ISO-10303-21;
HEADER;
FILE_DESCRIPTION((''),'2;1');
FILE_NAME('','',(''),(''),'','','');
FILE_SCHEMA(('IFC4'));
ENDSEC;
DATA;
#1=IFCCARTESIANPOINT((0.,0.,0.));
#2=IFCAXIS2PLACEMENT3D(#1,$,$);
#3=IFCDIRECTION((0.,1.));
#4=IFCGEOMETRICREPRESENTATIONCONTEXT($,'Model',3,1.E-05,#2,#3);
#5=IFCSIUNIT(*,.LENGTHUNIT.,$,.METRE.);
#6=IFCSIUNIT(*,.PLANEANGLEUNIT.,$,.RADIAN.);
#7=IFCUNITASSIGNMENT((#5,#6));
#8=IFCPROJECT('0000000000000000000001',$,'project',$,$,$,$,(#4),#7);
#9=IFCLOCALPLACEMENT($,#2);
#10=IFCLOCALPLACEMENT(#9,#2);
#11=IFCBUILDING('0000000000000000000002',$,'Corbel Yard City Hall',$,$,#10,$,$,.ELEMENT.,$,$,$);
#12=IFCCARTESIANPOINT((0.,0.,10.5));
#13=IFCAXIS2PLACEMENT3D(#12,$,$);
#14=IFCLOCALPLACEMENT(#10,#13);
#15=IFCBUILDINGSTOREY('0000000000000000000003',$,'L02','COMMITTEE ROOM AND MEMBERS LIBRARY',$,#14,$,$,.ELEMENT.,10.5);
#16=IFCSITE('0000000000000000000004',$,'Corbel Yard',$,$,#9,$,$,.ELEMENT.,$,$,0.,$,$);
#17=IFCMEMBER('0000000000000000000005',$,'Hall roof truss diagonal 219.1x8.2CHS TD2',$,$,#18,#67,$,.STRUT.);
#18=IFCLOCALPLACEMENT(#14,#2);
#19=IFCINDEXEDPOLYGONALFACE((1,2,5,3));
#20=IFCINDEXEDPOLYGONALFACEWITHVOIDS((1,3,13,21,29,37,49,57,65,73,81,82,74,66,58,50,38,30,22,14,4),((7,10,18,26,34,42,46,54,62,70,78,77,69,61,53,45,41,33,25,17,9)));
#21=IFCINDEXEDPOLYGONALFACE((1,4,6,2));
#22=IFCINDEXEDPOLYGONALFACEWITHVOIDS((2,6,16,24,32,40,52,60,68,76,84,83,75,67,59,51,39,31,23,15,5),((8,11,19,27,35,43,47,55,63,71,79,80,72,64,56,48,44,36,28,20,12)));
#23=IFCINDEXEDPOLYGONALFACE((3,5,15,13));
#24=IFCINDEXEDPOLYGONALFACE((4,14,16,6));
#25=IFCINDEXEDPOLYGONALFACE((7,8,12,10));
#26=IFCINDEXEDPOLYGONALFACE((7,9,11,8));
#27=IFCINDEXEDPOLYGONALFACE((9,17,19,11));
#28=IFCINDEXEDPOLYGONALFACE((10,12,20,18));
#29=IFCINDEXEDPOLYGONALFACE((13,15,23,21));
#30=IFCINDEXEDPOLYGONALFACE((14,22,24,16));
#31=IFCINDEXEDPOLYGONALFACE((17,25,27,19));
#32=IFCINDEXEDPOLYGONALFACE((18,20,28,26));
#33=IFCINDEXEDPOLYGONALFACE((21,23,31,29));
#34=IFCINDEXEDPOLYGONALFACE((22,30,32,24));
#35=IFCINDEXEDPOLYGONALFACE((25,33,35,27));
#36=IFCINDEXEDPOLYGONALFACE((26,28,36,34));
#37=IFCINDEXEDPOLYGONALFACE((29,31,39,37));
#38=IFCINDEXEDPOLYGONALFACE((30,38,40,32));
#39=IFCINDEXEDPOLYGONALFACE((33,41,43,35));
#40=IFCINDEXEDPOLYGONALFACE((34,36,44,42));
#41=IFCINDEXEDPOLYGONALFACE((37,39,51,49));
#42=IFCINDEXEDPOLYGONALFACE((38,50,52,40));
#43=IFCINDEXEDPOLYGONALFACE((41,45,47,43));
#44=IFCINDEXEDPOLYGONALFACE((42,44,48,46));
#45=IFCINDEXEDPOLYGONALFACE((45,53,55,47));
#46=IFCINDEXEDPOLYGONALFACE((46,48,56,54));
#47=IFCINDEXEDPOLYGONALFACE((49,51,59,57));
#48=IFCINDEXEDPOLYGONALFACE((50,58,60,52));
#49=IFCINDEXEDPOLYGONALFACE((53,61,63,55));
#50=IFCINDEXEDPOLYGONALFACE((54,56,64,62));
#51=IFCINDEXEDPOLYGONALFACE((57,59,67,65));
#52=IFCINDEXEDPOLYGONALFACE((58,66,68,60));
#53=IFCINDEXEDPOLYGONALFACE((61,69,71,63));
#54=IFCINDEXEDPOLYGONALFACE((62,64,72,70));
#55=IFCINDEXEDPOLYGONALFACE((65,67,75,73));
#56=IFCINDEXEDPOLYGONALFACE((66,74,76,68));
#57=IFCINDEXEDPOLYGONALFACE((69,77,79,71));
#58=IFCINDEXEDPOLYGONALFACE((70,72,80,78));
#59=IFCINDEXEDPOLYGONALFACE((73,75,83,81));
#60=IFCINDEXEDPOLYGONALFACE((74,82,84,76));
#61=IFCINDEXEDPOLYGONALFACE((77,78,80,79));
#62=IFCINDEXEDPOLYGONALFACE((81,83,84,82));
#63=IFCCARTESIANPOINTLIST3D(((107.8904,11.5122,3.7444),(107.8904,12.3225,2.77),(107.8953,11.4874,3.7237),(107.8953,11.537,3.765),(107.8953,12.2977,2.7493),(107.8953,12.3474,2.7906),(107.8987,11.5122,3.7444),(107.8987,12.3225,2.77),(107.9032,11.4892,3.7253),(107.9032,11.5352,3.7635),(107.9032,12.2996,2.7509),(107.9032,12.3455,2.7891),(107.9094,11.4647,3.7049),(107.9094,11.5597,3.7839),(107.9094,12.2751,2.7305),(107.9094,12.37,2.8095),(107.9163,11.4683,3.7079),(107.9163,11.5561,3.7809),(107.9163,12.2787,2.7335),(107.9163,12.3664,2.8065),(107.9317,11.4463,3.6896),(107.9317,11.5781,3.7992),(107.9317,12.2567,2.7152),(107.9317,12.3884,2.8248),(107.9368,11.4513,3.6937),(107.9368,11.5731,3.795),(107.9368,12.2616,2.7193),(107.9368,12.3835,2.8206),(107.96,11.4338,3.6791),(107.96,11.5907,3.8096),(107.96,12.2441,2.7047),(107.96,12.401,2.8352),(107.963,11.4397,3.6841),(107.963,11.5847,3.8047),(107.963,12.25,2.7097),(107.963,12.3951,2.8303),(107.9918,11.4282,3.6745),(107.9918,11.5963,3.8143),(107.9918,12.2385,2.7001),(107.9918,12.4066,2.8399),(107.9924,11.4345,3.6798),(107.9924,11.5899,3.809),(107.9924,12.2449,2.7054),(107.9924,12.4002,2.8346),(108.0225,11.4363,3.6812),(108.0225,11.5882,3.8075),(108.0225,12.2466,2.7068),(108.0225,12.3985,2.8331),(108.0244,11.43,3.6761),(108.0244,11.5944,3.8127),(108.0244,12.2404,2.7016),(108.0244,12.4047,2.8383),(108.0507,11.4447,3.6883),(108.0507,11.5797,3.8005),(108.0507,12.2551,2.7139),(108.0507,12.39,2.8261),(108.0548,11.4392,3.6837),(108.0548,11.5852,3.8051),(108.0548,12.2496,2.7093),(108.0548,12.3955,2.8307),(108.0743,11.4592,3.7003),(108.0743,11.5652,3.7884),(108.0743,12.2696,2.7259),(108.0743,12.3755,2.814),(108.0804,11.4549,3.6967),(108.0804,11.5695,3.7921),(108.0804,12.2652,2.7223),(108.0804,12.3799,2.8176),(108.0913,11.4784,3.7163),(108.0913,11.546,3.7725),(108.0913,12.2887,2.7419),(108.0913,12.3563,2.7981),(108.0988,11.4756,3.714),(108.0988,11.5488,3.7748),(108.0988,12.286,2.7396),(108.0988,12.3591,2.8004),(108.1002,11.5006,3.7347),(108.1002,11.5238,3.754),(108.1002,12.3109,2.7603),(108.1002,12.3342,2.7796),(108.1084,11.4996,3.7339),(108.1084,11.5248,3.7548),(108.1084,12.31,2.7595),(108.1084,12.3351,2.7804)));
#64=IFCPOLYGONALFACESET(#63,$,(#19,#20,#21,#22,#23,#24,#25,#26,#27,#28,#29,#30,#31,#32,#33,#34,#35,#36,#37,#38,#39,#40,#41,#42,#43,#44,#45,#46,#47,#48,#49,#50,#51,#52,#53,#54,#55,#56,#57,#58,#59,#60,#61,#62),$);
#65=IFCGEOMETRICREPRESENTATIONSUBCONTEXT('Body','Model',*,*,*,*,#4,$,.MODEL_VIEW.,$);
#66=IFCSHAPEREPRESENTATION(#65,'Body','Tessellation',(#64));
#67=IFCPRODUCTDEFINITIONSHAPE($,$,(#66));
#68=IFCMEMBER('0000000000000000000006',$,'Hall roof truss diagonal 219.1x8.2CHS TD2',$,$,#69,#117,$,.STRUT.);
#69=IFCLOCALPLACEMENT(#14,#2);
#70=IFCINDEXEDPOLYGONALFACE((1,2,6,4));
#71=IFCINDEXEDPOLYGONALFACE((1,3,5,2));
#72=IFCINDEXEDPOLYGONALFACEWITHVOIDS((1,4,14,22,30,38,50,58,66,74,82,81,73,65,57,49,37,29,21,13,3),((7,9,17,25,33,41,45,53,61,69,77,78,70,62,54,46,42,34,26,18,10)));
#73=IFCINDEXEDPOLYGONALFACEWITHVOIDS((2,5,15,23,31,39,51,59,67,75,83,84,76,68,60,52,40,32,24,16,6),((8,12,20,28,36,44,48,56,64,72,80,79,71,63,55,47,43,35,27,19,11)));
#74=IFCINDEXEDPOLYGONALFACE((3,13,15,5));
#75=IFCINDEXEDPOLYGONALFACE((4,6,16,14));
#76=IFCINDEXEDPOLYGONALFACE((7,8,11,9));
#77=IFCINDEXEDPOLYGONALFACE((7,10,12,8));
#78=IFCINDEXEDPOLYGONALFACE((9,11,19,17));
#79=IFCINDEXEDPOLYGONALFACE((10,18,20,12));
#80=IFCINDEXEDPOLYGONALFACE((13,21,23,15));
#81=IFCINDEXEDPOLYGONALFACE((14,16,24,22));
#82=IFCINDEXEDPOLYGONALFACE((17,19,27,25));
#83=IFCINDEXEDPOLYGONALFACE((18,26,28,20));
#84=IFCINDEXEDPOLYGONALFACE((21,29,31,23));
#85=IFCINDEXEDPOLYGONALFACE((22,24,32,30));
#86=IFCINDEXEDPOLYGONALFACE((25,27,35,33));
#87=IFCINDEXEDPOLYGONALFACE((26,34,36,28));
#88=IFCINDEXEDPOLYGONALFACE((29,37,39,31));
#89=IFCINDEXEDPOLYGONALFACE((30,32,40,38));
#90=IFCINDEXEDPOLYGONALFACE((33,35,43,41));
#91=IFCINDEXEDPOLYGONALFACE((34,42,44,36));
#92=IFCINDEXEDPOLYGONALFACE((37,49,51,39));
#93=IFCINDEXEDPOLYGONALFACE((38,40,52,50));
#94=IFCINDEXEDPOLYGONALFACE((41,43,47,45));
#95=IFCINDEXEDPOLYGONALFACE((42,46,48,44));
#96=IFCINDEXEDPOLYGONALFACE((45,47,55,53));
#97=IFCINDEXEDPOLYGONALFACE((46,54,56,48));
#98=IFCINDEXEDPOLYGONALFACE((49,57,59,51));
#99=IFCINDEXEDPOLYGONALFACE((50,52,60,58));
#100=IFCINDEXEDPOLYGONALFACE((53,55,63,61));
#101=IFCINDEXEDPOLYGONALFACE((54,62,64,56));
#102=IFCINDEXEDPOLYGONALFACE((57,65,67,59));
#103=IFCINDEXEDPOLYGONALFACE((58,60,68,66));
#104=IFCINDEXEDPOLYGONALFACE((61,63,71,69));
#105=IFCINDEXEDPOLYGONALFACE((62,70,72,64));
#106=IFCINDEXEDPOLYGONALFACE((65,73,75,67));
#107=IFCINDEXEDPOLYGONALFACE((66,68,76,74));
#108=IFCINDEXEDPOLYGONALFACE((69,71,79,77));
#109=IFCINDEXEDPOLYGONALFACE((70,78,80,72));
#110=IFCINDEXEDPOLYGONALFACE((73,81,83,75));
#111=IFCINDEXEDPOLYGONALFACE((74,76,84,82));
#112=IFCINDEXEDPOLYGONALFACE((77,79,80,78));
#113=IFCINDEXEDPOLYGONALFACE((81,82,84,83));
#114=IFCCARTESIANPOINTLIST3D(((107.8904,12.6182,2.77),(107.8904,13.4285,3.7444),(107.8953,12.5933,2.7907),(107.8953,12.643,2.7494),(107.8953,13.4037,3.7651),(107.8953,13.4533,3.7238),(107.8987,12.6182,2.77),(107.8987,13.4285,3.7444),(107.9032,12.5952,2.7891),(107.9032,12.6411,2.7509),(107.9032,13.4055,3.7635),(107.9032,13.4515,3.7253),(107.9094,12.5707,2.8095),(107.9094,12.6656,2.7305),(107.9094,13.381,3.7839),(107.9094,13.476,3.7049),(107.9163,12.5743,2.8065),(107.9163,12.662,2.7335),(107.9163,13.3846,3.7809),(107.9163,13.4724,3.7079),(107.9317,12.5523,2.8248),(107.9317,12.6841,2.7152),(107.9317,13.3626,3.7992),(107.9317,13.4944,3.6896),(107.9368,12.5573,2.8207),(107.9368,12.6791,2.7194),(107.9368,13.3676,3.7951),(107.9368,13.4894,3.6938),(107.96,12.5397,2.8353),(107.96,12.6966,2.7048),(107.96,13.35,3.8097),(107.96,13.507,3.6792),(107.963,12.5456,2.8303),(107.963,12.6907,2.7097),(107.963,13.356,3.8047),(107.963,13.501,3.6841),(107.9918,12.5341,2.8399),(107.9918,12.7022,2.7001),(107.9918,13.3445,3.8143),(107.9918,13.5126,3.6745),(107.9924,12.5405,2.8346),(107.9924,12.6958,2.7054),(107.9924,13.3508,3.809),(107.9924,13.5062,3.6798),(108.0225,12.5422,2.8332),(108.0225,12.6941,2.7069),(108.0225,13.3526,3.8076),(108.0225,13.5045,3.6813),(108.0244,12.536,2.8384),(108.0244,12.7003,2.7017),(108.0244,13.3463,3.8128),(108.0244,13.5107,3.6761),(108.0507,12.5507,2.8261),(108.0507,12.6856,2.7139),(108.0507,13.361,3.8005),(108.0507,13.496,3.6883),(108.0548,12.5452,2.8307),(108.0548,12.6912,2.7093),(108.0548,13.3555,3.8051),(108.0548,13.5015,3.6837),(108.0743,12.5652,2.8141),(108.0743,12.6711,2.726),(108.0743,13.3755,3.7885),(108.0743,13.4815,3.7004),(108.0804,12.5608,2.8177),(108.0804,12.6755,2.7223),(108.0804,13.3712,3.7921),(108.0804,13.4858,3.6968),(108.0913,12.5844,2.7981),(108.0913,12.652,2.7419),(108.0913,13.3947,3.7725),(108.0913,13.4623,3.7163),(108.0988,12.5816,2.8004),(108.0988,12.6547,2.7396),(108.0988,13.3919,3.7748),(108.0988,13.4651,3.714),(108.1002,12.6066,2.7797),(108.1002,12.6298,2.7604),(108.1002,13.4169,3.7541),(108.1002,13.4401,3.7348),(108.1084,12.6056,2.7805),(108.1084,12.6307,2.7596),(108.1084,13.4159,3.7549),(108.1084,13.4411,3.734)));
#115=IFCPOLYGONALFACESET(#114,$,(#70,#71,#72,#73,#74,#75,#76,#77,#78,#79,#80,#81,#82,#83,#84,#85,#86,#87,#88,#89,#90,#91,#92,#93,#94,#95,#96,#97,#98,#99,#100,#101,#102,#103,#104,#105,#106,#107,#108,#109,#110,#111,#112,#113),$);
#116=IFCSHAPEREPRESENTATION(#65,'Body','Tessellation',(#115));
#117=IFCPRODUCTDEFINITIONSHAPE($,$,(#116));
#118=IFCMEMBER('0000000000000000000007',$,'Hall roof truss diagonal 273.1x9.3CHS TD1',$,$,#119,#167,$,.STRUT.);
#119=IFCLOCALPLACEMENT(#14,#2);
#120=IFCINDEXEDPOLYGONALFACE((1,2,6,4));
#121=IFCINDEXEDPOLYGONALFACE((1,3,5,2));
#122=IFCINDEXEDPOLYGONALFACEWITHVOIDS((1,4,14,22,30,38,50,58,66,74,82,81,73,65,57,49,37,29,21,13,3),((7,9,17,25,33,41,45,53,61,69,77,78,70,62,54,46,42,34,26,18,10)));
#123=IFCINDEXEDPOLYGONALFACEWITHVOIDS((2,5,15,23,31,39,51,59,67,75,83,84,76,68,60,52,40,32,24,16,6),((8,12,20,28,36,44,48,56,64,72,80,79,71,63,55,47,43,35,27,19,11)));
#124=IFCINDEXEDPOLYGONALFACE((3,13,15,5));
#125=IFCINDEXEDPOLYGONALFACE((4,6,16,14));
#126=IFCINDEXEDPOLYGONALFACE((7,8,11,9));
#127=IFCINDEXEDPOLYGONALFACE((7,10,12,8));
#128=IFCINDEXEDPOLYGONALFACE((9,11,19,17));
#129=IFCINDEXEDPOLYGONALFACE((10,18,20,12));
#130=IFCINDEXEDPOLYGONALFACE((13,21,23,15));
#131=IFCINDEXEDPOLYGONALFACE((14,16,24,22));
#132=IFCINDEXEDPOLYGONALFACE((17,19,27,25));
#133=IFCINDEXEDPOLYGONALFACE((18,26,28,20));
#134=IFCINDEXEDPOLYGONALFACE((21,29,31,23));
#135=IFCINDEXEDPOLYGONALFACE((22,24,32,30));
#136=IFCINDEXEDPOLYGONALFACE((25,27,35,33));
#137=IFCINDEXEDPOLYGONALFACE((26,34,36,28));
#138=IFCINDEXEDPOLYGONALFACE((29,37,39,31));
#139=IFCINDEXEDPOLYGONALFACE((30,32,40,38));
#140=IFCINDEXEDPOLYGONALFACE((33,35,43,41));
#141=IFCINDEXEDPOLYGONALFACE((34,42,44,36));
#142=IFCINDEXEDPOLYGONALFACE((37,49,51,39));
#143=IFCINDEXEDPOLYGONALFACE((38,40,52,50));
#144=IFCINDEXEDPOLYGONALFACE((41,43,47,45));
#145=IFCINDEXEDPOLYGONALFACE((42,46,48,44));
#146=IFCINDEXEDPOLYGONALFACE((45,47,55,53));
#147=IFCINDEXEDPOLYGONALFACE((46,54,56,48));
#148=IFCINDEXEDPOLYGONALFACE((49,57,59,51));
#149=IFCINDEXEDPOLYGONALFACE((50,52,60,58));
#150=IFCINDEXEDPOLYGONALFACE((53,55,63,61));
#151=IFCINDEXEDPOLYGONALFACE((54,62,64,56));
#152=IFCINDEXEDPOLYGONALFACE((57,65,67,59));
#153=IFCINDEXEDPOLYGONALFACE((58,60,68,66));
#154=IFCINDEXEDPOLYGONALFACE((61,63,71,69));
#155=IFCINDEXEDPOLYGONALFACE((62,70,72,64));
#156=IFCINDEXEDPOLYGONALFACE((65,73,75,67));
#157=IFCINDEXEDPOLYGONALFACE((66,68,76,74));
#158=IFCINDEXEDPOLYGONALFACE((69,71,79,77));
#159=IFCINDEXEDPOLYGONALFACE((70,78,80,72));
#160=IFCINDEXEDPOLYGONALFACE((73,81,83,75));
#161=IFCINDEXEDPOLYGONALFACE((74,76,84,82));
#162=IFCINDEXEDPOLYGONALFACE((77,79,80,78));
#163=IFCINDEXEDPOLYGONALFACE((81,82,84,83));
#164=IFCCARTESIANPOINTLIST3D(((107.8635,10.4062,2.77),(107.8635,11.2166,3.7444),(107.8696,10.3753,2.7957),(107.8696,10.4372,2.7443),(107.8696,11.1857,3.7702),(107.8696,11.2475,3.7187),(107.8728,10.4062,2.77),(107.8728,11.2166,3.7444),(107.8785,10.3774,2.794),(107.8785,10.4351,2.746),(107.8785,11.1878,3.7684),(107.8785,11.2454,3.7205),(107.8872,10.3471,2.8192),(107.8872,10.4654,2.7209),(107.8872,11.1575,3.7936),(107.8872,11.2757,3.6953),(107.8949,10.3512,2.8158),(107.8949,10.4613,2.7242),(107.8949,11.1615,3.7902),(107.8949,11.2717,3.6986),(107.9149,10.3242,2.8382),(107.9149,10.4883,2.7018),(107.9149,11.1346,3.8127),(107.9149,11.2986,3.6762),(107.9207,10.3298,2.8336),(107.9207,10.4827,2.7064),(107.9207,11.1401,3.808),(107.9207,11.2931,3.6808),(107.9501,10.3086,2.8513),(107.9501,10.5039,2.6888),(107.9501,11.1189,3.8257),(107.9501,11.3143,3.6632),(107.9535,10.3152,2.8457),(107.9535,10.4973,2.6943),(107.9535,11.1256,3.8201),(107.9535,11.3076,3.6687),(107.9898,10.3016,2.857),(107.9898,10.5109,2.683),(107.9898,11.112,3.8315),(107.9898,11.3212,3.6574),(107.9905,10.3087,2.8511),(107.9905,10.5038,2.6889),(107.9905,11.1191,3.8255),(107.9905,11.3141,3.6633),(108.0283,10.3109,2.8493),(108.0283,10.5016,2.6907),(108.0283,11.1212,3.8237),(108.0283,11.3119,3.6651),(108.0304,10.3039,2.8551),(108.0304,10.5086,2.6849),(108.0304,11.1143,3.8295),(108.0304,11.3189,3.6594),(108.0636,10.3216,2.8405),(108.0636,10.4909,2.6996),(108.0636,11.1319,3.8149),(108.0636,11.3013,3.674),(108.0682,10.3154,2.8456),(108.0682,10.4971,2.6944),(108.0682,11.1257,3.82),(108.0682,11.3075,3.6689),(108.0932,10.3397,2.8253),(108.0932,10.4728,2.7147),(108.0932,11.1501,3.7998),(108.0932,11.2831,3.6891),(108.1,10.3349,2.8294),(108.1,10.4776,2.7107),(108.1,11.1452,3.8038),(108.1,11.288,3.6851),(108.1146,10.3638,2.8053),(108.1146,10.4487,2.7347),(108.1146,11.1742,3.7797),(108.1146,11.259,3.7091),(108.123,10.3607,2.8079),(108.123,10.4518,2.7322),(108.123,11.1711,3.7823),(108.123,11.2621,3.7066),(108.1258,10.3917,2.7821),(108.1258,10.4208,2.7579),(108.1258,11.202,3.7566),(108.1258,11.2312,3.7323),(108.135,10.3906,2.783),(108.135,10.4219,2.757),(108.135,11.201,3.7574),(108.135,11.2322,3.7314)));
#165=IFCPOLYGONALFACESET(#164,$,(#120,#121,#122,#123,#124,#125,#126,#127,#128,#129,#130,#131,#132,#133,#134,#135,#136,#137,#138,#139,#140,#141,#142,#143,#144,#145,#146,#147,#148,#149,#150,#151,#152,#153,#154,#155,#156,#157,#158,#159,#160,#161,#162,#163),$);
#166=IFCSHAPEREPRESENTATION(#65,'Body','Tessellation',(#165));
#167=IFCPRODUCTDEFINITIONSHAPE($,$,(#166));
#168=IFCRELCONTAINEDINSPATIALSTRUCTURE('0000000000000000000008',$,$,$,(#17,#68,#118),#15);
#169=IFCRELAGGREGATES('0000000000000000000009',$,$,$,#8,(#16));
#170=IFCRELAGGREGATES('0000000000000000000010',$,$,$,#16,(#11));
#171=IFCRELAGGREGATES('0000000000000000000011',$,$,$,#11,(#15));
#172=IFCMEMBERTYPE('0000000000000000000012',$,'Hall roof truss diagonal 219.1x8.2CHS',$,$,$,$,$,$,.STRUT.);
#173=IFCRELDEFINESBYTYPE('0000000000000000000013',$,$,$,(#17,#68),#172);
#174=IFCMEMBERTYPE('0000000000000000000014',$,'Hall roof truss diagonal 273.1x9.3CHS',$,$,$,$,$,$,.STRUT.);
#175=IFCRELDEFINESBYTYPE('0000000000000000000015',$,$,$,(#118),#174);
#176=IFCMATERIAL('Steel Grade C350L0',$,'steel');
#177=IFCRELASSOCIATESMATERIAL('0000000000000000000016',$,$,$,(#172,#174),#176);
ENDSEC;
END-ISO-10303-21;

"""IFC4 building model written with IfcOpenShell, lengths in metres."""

from ifc_helpers import new_model, si_unit, direction, frame, origin, origin_2d, place, context, subcontext, project, spatial, hollow_circle, extrude, material, material_profile, profile_set, type_object, element, save


model = new_model("IFC4")

# Units and contexts
model_context = context("Model", 3, precision=1e-05, world=origin(), true_north=direction((0.0, 1.0)))
body_context = subcontext(model_context, "Body", "Model", "MODEL_VIEW")
ifc_project = project(units=[si_unit("LENGTHUNIT", "METRE"), si_unit("PLANEANGLEUNIT", "RADIAN")], contexts=[model_context])

# Site, building, storey
site_placement = place(None, origin())
site = spatial("IfcSite", under=ifc_project, at=site_placement, Name="Corbel Yard", CompositionType="ELEMENT", RefElevation=0.0)
building_placement = place(site_placement, origin())
building = spatial("IfcBuilding", under=site, at=building_placement, Name="Corbel Yard City Hall", CompositionType="ELEMENT")
storey_placement = place(building_placement, frame((0.0, 0.0, 10.5)))
storey = spatial("IfcBuildingStorey", under=building, at=storey_placement, Name="L02", Description="COMMITTEE ROOM AND MEMBERS LIBRARY", CompositionType="ELEMENT", Elevation=10.5)

# Members
ifc_material_1 = material(Name="Steel Grade C350L0", Category="steel")
ifc_material_profile_1 = material_profile(ifc_material_1, hollow_circle(Radius=0.1096, WallThickness=0.0083, at=origin_2d()), Name="219.1x8.2CHS")
ifc_profile_set_1 = profile_set([ifc_material_profile_1], Name="Steel Grade C350L0")
member_type_1 = type_object("IfcMemberType", Name="Hall roof truss diagonal 219.1x8.2CHS", PredefinedType="STRUT", material=ifc_profile_set_1)
for number, where, z_axis, x_axis, name in (
    (1, (108.0, 11.5122, 3.7444), (0.0, 0.639407, -0.768868), (-1.0, 0.0, 0.0), "Hall roof truss diagonal 219.1x8.2CHS TD2"),
    (2, (108.0, 12.6182, 2.77), (0.0, 0.639407, 0.768868), (-1.0, 0.0, 0.0), "Hall roof truss diagonal 219.1x8.2CHS TD2"),
):
    element("IfcMember", number, at=place(storey_placement, frame(where, z_axis=z_axis, x_axis=x_axis)), inside=storey, type_object=member_type_1, Name=name, PredefinedType="STRUT", context=body_context, shape_type="SweptSolid", body=[
        extrude(hollow_circle(Radius=0.1096, WallThickness=0.0083, at=origin_2d()), origin(), (0.0, 0.0, 1.0), 1.2673),
    ])
ifc_material_profile_2 = material_profile(ifc_material_1, hollow_circle(Radius=0.1365, WallThickness=0.0093, at=origin_2d()), Name="273.1x9.3CHS")
ifc_profile_set_2 = profile_set([ifc_material_profile_2], Name="Steel Grade C350L0")
member_type_2 = type_object("IfcMemberType", Name="Hall roof truss diagonal 273.1x9.3CHS", PredefinedType="STRUT", material=ifc_profile_set_2)
member_1_placement = place(storey_placement, frame((108.0, 10.4062, 2.77), z_axis=(0.0, 0.639407, 0.768868), x_axis=(-1.0, 0.0, 0.0)))
element("IfcMember", 3, at=member_1_placement, inside=storey, type_object=member_type_2, Name="Hall roof truss diagonal 273.1x9.3CHS TD1", PredefinedType="STRUT", context=body_context, shape_type="SweptSolid", body=[
    extrude(hollow_circle(Radius=0.1365, WallThickness=0.0093, at=origin_2d()), origin(), (0.0, 0.0, 1.0), 1.2673),
])

save(model, "model.ifc")
